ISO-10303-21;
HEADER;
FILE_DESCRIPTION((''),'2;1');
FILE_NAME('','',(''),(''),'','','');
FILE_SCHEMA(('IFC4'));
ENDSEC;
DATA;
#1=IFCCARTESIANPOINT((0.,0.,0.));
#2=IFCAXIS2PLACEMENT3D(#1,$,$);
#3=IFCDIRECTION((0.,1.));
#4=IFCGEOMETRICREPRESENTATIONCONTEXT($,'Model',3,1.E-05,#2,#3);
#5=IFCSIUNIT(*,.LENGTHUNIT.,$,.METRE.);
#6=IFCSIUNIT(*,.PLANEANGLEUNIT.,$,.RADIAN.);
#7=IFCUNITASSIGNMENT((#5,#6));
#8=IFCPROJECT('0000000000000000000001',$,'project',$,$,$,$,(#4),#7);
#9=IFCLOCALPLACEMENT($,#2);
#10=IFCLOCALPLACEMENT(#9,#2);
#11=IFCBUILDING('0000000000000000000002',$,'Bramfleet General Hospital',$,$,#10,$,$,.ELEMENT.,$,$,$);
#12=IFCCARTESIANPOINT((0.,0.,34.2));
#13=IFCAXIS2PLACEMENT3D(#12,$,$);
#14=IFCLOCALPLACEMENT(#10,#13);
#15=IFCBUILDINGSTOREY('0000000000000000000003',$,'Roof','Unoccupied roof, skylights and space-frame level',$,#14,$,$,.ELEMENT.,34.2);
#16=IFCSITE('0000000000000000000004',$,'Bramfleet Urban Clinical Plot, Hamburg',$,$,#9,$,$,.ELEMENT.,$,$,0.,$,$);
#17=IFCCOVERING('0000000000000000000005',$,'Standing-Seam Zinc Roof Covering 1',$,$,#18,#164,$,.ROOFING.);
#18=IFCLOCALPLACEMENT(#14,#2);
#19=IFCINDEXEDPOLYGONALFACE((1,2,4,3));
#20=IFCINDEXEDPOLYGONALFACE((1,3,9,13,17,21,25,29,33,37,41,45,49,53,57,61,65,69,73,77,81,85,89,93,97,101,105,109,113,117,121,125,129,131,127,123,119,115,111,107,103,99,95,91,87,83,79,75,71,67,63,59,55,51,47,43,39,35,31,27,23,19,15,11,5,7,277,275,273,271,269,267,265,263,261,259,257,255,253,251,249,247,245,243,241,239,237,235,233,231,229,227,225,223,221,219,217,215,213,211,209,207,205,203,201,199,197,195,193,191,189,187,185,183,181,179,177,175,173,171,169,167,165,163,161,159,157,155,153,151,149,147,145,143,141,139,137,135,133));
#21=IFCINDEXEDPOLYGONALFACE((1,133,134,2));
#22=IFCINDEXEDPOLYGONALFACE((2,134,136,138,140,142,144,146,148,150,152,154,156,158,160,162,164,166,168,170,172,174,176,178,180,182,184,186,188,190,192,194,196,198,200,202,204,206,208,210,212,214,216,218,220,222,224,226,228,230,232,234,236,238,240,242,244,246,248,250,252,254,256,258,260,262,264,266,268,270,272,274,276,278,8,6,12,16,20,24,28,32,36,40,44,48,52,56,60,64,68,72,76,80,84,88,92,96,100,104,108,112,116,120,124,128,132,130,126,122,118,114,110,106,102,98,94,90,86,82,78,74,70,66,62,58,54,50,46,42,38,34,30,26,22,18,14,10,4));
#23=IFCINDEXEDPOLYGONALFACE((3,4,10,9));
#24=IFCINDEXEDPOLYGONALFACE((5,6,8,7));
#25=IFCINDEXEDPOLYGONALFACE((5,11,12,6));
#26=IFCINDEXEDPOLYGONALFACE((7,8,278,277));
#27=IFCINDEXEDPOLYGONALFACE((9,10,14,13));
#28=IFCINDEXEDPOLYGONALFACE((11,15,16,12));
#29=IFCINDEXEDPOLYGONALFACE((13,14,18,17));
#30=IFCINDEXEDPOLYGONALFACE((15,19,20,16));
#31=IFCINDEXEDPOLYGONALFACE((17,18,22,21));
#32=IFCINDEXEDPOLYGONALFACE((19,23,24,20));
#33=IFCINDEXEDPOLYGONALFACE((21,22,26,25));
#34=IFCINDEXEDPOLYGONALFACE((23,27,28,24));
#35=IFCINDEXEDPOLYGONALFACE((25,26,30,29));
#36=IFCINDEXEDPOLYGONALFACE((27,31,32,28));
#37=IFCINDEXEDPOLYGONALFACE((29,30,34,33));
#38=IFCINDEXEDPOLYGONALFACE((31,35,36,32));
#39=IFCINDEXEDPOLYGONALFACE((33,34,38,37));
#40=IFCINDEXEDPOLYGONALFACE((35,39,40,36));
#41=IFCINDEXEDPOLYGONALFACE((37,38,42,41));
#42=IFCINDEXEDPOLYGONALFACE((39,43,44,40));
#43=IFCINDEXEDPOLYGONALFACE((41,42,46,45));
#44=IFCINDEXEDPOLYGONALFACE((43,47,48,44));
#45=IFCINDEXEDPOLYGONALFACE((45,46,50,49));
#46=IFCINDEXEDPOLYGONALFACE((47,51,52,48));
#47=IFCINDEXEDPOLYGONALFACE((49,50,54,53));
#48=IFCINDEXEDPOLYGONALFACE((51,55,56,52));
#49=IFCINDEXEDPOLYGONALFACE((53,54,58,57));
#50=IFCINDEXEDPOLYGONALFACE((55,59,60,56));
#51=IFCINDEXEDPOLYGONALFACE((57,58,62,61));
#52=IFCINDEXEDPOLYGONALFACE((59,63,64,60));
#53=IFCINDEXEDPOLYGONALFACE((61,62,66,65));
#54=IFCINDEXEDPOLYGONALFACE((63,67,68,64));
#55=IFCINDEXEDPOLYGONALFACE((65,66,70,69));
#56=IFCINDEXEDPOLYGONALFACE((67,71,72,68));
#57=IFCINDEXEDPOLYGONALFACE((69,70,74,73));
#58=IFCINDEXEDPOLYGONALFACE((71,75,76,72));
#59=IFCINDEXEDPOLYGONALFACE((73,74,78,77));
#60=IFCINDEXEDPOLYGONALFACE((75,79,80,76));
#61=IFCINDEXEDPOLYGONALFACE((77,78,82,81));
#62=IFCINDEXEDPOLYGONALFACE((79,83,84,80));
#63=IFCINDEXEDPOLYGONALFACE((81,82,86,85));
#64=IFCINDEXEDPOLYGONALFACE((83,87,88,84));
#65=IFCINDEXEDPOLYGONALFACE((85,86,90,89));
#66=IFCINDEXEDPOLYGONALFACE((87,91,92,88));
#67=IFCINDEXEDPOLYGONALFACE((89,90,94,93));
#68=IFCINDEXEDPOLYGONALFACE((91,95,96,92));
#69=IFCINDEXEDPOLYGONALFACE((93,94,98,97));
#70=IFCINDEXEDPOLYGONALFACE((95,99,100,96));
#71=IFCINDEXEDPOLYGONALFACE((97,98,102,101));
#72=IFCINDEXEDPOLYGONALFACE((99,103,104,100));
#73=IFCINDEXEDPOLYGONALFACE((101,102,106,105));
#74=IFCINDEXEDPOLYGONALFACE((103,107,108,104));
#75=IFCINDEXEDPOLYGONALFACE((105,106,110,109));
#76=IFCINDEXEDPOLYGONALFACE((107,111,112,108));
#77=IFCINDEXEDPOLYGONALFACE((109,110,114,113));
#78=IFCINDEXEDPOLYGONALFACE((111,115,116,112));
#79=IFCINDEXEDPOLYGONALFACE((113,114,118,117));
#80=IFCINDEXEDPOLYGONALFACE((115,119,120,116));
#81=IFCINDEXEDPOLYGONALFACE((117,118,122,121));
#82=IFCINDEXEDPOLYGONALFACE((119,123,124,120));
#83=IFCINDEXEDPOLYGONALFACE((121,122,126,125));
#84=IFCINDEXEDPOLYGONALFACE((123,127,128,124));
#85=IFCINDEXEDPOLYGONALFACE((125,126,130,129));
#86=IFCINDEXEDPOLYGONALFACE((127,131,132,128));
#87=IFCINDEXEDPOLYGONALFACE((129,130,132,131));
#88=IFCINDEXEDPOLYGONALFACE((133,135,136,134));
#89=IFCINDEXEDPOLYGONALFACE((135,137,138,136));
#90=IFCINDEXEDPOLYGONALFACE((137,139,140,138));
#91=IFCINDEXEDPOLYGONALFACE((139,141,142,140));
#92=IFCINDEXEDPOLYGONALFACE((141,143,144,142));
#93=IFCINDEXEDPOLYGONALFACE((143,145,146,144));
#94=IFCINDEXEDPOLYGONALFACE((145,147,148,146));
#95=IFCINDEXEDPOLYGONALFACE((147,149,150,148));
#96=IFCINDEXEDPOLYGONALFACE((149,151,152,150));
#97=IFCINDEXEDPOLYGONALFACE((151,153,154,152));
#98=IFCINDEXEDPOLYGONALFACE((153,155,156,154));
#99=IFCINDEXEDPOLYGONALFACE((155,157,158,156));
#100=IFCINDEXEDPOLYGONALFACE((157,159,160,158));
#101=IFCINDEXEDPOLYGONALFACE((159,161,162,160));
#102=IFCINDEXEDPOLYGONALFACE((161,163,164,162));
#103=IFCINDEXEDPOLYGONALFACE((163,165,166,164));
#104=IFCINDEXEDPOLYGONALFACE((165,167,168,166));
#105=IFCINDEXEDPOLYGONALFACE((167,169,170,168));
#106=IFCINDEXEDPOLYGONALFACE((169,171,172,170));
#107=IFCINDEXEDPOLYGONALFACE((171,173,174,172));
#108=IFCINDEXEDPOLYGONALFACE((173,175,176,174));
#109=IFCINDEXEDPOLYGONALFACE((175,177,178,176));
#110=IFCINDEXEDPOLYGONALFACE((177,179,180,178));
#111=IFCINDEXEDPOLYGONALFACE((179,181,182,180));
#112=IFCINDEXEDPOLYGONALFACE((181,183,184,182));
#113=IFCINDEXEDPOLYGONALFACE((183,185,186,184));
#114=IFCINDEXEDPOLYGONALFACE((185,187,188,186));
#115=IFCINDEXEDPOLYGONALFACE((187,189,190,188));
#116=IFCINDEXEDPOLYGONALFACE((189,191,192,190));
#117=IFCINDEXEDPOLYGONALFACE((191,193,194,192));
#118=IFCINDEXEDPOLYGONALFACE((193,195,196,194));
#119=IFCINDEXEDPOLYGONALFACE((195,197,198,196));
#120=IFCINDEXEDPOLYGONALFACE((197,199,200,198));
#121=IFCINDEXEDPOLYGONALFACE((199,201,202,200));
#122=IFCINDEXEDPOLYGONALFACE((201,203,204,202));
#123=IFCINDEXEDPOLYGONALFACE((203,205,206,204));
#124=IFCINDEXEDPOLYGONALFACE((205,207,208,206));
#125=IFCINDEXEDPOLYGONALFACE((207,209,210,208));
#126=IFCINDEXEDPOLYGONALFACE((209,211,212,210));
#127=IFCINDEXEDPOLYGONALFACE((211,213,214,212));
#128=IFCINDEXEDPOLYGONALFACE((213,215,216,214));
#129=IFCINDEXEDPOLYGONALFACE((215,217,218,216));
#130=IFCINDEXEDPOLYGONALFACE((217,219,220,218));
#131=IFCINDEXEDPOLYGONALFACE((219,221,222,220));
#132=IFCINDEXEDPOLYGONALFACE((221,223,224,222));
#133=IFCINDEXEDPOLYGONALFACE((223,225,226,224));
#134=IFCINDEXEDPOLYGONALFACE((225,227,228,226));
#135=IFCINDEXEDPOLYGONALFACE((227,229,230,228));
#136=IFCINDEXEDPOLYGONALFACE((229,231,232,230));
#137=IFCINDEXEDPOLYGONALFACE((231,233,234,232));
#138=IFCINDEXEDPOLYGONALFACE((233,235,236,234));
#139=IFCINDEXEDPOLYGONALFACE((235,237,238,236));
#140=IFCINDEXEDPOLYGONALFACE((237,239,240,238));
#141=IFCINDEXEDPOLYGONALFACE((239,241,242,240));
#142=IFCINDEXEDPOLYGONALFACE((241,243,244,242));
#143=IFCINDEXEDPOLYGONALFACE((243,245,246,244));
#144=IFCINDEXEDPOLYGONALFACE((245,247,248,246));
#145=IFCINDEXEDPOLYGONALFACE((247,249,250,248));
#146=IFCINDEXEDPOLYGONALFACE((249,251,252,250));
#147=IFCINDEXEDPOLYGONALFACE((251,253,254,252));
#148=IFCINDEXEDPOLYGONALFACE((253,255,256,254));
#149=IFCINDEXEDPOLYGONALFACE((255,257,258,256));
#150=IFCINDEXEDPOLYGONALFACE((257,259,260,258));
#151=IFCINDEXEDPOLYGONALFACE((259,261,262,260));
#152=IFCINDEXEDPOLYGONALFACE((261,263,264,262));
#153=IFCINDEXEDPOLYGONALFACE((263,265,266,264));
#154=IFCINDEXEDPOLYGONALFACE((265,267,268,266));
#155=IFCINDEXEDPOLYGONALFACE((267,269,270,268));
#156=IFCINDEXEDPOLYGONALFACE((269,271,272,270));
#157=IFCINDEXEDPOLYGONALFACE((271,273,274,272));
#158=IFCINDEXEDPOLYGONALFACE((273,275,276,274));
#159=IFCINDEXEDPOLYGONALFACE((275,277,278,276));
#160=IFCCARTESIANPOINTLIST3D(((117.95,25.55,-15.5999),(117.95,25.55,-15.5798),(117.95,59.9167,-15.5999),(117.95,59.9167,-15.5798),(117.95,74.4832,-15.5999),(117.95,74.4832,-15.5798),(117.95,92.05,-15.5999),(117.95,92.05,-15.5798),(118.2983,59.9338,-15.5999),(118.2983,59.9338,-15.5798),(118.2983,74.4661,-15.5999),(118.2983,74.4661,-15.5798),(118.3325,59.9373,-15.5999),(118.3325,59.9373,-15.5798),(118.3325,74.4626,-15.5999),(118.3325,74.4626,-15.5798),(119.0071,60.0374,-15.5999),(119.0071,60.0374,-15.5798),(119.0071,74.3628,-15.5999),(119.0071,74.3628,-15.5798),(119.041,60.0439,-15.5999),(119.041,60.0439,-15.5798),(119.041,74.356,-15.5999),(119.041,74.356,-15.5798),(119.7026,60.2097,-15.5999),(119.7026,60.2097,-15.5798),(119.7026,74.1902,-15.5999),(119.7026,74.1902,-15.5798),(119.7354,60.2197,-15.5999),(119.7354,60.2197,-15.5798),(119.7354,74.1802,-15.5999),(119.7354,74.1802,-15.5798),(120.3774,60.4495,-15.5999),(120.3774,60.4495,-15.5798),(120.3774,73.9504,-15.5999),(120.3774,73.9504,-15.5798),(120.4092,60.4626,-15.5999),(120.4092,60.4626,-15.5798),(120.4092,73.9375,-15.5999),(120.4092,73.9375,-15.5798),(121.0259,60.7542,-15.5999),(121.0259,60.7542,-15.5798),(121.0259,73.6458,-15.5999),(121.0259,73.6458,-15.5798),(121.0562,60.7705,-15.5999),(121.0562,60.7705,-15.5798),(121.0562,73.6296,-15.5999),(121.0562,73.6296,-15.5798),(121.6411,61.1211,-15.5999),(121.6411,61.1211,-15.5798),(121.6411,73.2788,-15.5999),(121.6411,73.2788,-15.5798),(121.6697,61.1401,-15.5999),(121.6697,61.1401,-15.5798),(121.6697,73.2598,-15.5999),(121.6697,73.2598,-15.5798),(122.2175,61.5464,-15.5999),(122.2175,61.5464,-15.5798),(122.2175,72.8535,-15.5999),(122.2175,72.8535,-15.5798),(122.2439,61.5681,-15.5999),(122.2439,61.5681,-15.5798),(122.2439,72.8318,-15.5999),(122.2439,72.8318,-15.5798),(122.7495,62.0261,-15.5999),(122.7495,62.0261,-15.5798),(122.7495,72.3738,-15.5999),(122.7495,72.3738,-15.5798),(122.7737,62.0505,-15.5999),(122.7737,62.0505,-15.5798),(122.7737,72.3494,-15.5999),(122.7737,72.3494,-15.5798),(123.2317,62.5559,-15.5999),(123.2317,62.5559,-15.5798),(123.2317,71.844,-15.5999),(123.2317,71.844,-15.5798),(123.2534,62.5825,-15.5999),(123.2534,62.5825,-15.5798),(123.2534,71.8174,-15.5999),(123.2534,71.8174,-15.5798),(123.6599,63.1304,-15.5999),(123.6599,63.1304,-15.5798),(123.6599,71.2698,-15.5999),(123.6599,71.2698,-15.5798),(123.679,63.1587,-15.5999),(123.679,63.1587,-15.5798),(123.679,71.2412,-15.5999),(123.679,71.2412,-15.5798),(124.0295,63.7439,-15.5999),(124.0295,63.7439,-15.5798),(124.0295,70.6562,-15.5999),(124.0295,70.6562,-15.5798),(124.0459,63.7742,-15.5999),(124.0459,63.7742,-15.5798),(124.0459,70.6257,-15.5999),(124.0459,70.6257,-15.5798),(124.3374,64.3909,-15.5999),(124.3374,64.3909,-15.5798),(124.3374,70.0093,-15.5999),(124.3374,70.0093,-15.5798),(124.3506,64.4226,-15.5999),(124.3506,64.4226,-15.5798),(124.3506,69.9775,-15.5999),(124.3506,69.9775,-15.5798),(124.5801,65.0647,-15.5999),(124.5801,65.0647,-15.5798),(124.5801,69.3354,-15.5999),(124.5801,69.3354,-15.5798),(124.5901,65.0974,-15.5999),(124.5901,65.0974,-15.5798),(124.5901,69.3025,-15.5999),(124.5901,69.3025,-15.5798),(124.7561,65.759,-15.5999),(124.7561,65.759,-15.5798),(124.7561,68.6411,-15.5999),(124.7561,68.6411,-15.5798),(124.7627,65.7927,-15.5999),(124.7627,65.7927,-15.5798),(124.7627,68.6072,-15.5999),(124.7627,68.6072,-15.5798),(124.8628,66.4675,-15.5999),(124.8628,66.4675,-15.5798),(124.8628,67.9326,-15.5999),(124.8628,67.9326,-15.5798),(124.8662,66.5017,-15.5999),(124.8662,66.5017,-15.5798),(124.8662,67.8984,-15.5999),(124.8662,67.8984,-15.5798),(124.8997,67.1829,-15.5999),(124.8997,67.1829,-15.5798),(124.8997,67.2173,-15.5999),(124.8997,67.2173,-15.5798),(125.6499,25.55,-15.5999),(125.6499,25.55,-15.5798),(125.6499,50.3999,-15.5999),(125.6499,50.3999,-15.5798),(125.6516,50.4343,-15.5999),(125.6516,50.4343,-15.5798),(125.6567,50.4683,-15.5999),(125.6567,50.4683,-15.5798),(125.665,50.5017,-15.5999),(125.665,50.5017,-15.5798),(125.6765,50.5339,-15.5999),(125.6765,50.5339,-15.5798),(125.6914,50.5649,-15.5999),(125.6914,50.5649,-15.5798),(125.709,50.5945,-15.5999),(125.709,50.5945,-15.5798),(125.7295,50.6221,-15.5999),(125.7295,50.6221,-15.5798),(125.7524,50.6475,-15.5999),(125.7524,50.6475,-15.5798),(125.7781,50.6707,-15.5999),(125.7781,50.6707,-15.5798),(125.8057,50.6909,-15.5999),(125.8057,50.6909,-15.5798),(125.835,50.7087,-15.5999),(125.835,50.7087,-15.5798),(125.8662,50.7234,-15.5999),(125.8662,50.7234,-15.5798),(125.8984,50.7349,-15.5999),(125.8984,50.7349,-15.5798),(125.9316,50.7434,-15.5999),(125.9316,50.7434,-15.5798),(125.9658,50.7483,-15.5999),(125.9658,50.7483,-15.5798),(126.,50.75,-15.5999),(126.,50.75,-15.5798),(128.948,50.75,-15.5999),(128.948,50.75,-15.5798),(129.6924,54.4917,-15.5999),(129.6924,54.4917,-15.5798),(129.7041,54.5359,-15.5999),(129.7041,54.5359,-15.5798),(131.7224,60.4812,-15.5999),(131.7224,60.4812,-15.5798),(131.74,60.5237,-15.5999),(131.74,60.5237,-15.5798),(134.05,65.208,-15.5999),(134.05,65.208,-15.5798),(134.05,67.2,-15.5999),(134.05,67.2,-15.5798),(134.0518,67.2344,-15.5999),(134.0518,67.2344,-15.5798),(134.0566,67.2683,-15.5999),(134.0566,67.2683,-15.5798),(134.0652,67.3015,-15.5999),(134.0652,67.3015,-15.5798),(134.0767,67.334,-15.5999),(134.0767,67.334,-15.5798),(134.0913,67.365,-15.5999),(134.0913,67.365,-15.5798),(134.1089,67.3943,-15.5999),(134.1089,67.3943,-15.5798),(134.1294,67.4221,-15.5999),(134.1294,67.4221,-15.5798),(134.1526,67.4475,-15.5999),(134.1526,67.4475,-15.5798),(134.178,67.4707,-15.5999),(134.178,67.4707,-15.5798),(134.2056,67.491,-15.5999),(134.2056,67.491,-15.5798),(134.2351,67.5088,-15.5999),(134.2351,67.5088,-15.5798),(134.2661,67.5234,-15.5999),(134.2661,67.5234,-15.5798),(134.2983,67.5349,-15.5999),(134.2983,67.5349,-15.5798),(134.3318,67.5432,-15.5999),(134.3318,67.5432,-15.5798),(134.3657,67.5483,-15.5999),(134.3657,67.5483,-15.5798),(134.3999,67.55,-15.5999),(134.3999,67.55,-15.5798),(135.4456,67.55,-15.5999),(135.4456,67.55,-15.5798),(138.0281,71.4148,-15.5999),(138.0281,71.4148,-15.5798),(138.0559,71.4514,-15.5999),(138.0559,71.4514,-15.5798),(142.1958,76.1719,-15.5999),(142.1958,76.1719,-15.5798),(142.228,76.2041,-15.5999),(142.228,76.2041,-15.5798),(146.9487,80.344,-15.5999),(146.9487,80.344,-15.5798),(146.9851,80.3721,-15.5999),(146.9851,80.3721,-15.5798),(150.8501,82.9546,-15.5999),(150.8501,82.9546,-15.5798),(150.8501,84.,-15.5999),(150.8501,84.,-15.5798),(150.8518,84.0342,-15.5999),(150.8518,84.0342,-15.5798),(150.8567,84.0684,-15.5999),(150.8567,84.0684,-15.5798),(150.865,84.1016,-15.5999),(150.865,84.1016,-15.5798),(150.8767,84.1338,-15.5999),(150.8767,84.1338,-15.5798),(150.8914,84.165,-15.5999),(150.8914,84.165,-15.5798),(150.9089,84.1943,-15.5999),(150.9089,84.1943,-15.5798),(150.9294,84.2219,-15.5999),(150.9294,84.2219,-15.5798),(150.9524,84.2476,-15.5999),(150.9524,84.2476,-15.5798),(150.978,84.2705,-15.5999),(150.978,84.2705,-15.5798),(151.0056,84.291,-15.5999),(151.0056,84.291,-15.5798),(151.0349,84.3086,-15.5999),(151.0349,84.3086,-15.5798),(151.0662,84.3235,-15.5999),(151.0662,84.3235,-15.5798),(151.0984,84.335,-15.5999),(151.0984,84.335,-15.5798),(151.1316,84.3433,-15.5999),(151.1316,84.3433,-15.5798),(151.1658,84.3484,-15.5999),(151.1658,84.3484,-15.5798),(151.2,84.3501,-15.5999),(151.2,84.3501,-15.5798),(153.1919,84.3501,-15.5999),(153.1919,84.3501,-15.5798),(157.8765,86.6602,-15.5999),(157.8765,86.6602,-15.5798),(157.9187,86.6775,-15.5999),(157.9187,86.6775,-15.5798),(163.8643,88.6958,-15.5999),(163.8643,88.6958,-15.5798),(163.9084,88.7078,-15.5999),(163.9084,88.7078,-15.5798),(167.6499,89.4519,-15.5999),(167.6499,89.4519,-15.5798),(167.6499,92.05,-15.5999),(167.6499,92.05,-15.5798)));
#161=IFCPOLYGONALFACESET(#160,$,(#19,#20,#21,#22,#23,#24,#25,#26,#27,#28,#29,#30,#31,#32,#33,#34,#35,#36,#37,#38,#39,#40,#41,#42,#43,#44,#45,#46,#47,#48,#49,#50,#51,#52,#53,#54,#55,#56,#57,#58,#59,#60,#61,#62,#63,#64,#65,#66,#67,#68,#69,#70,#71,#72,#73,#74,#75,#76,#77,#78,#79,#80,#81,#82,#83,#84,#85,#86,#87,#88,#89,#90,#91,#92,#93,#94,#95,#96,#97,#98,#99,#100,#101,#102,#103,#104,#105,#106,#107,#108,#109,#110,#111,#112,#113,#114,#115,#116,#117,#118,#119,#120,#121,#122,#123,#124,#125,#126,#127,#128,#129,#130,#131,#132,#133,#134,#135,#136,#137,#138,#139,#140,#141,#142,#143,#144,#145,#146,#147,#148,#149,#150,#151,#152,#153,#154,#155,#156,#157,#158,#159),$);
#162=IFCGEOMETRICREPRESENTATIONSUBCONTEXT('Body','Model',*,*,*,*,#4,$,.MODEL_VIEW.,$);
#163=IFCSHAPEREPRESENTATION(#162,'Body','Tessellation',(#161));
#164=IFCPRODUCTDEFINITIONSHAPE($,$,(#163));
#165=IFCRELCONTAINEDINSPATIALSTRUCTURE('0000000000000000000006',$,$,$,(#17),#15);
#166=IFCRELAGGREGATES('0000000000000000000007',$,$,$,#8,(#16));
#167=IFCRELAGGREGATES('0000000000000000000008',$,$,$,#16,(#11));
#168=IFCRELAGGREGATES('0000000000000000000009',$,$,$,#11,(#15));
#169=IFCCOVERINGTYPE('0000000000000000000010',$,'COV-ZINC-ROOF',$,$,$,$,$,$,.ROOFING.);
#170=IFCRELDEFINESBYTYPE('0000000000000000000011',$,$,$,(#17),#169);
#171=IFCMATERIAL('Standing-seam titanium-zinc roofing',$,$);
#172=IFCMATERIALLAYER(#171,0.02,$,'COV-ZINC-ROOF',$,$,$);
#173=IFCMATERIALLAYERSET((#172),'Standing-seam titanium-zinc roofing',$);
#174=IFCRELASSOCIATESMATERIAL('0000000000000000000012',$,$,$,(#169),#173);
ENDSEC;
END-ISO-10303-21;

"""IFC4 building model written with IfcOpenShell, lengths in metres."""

from ifc_helpers import new_model, si_unit, direction, frame, origin, place, context, subcontext, project, spatial, polyline, outline, extrude, material, layer, layer_set, type_object, element, save


model = new_model("IFC4")

# Units and contexts
model_context = context("Model", 3, precision=1e-05, world=origin(), true_north=direction((0.0, 1.0)))
body_context = subcontext(model_context, "Body", "Model", "MODEL_VIEW")
ifc_project = project(units=[si_unit("LENGTHUNIT", "METRE"), si_unit("PLANEANGLEUNIT", "RADIAN")], contexts=[model_context])

# Site, building, storey
site_placement = place(None, origin())
site = spatial("IfcSite", under=ifc_project, at=site_placement, Name="Bramfleet Urban Clinical Plot, Hamburg", CompositionType="ELEMENT", RefElevation=0.0)
building_placement = place(site_placement, origin())
building = spatial("IfcBuilding", under=site, at=building_placement, Name="Bramfleet General Hospital", CompositionType="ELEMENT")
storey_placement = place(building_placement, frame((0.0, 0.0, 34.2)))
storey = spatial("IfcBuildingStorey", under=building, at=storey_placement, Name="Roof", Description="Unoccupied roof, skylights and space-frame level", CompositionType="ELEMENT", Elevation=34.2)

# Covering
ifc_material_1 = material(Name="Standing-seam titanium-zinc roofing")
ifc_layer_1 = layer(ifc_material_1, 0.02, Name="COV-ZINC-ROOF")
ifc_layer_set_1 = layer_set([ifc_layer_1], Name="Standing-seam titanium-zinc roofing")
covering_type = type_object("IfcCoveringType", Name="COV-ZINC-ROOF", PredefinedType="ROOFING", material=ifc_layer_set_1)
covering_1_placement = place(storey_placement, frame((0.0, 0.0, -15.5999)))
element("IfcCovering", 1, at=covering_1_placement, inside=storey, type_object=covering_type, Name="Standing-Seam Zinc Roof Covering 1", PredefinedType="ROOFING", context=body_context, shape_type="SweptSolid", body=[
    extrude(outline(polyline([(146.9851, 80.3721), (146.9487, 80.344), (142.228, 76.2041), (142.1958, 76.1719), (138.0559, 71.4514), (138.0281, 71.4148), (135.4456, 67.55), (134.3999, 67.55), (134.3657, 67.5483), (134.3318, 67.5432), (134.2983, 67.5349), (134.2661, 67.5234), (134.2351, 67.5088), (134.2056, 67.491), (134.178, 67.4707), (134.1526, 67.4475), (134.1294, 67.4221), (134.1089, 67.3943), (134.0913, 67.365), (134.0767, 67.334), (134.0652, 67.3015), (134.0566, 67.2683), (134.0518, 67.2344), (134.05, 67.2), (134.05, 65.208), (131.74, 60.5237), (131.7224, 60.4812), (129.7041, 54.5359), (129.6924, 54.4917), (128.948, 50.75), (126.0, 50.75), (125.9658, 50.7483), (125.9316, 50.7434), (125.8984, 50.7349), (125.8662, 50.7234), (125.835, 50.7087), (125.8057, 50.6909), (125.7781, 50.6707), (125.7524, 50.6475), (125.7295, 50.6221), (125.709, 50.5945), (125.6914, 50.5649), (125.6765, 50.5339), (125.665, 50.5017), (125.6567, 50.4683), (125.6516, 50.4343), (125.6499, 50.3999), (125.6499, 25.55), (117.95, 25.55), (117.95, 59.9167), (118.2983, 59.9338), (118.3325, 59.9373), (119.0071, 60.0374), (119.041, 60.0439), (119.7026, 60.2097), (119.7354, 60.2197), (120.3774, 60.4495), (120.4092, 60.4626), (121.0259, 60.7542), (121.0562, 60.7705), (121.6411, 61.1211), (121.6697, 61.1401), (122.2175, 61.5464), (122.2439, 61.5681), (122.7495, 62.0261), (122.7737, 62.0505), (123.2317, 62.5559), (123.2534, 62.5825), (123.6599, 63.1304), (123.679, 63.1587), (124.0295, 63.7439), (124.0459, 63.7742), (124.3374, 64.3909), (124.3506, 64.4226), (124.5801, 65.0647), (124.5901, 65.0974), (124.7561, 65.759), (124.7627, 65.7927), (124.8628, 66.4675), (124.8662, 66.5017), (124.8997, 67.1829), (124.8997, 67.2173), (124.8662, 67.8984), (124.8628, 67.9326), (124.7627, 68.6072), (124.7561, 68.6411), (124.5901, 69.3025), (124.5801, 69.3354), (124.3506, 69.9775), (124.3374, 70.0093), (124.0459, 70.6257), (124.0295, 70.6562), (123.679, 71.2412), (123.6599, 71.2698), (123.2534, 71.8174), (123.2317, 71.844), (122.7737, 72.3494), (122.7495, 72.3738), (122.2439, 72.8318), (122.2175, 72.8535), (121.6697, 73.2598), (121.6411, 73.2788), (121.0562, 73.6296), (121.0259, 73.6458), (120.4092, 73.9375), (120.3774, 73.9504), (119.7354, 74.1802), (119.7026, 74.1902), (119.041, 74.356), (119.0071, 74.3628), (118.3325, 74.4626), (118.2983, 74.4661), (117.95, 74.4832), (117.95, 92.05), (167.6499, 92.05), (167.6499, 89.4519), (163.9084, 88.7078), (163.8643, 88.6958), (157.9187, 86.6775), (157.8765, 86.6602), (153.1919, 84.3501), (151.2, 84.3501), (151.1658, 84.3484), (151.1316, 84.3433), (151.0984, 84.335), (151.0662, 84.3235), (151.0349, 84.3086), (151.0056, 84.291), (150.978, 84.2705), (150.9524, 84.2476), (150.9294, 84.2219), (150.9089, 84.1943), (150.8914, 84.165), (150.8767, 84.1338), (150.865, 84.1016), (150.8567, 84.0684), (150.8518, 84.0342), (150.8501, 84.0), (150.8501, 82.9546), (146.9851, 80.3721)])), origin(), (0.0, 0.0, 1.0), 0.02),
])

save(model, "model.ifc")
